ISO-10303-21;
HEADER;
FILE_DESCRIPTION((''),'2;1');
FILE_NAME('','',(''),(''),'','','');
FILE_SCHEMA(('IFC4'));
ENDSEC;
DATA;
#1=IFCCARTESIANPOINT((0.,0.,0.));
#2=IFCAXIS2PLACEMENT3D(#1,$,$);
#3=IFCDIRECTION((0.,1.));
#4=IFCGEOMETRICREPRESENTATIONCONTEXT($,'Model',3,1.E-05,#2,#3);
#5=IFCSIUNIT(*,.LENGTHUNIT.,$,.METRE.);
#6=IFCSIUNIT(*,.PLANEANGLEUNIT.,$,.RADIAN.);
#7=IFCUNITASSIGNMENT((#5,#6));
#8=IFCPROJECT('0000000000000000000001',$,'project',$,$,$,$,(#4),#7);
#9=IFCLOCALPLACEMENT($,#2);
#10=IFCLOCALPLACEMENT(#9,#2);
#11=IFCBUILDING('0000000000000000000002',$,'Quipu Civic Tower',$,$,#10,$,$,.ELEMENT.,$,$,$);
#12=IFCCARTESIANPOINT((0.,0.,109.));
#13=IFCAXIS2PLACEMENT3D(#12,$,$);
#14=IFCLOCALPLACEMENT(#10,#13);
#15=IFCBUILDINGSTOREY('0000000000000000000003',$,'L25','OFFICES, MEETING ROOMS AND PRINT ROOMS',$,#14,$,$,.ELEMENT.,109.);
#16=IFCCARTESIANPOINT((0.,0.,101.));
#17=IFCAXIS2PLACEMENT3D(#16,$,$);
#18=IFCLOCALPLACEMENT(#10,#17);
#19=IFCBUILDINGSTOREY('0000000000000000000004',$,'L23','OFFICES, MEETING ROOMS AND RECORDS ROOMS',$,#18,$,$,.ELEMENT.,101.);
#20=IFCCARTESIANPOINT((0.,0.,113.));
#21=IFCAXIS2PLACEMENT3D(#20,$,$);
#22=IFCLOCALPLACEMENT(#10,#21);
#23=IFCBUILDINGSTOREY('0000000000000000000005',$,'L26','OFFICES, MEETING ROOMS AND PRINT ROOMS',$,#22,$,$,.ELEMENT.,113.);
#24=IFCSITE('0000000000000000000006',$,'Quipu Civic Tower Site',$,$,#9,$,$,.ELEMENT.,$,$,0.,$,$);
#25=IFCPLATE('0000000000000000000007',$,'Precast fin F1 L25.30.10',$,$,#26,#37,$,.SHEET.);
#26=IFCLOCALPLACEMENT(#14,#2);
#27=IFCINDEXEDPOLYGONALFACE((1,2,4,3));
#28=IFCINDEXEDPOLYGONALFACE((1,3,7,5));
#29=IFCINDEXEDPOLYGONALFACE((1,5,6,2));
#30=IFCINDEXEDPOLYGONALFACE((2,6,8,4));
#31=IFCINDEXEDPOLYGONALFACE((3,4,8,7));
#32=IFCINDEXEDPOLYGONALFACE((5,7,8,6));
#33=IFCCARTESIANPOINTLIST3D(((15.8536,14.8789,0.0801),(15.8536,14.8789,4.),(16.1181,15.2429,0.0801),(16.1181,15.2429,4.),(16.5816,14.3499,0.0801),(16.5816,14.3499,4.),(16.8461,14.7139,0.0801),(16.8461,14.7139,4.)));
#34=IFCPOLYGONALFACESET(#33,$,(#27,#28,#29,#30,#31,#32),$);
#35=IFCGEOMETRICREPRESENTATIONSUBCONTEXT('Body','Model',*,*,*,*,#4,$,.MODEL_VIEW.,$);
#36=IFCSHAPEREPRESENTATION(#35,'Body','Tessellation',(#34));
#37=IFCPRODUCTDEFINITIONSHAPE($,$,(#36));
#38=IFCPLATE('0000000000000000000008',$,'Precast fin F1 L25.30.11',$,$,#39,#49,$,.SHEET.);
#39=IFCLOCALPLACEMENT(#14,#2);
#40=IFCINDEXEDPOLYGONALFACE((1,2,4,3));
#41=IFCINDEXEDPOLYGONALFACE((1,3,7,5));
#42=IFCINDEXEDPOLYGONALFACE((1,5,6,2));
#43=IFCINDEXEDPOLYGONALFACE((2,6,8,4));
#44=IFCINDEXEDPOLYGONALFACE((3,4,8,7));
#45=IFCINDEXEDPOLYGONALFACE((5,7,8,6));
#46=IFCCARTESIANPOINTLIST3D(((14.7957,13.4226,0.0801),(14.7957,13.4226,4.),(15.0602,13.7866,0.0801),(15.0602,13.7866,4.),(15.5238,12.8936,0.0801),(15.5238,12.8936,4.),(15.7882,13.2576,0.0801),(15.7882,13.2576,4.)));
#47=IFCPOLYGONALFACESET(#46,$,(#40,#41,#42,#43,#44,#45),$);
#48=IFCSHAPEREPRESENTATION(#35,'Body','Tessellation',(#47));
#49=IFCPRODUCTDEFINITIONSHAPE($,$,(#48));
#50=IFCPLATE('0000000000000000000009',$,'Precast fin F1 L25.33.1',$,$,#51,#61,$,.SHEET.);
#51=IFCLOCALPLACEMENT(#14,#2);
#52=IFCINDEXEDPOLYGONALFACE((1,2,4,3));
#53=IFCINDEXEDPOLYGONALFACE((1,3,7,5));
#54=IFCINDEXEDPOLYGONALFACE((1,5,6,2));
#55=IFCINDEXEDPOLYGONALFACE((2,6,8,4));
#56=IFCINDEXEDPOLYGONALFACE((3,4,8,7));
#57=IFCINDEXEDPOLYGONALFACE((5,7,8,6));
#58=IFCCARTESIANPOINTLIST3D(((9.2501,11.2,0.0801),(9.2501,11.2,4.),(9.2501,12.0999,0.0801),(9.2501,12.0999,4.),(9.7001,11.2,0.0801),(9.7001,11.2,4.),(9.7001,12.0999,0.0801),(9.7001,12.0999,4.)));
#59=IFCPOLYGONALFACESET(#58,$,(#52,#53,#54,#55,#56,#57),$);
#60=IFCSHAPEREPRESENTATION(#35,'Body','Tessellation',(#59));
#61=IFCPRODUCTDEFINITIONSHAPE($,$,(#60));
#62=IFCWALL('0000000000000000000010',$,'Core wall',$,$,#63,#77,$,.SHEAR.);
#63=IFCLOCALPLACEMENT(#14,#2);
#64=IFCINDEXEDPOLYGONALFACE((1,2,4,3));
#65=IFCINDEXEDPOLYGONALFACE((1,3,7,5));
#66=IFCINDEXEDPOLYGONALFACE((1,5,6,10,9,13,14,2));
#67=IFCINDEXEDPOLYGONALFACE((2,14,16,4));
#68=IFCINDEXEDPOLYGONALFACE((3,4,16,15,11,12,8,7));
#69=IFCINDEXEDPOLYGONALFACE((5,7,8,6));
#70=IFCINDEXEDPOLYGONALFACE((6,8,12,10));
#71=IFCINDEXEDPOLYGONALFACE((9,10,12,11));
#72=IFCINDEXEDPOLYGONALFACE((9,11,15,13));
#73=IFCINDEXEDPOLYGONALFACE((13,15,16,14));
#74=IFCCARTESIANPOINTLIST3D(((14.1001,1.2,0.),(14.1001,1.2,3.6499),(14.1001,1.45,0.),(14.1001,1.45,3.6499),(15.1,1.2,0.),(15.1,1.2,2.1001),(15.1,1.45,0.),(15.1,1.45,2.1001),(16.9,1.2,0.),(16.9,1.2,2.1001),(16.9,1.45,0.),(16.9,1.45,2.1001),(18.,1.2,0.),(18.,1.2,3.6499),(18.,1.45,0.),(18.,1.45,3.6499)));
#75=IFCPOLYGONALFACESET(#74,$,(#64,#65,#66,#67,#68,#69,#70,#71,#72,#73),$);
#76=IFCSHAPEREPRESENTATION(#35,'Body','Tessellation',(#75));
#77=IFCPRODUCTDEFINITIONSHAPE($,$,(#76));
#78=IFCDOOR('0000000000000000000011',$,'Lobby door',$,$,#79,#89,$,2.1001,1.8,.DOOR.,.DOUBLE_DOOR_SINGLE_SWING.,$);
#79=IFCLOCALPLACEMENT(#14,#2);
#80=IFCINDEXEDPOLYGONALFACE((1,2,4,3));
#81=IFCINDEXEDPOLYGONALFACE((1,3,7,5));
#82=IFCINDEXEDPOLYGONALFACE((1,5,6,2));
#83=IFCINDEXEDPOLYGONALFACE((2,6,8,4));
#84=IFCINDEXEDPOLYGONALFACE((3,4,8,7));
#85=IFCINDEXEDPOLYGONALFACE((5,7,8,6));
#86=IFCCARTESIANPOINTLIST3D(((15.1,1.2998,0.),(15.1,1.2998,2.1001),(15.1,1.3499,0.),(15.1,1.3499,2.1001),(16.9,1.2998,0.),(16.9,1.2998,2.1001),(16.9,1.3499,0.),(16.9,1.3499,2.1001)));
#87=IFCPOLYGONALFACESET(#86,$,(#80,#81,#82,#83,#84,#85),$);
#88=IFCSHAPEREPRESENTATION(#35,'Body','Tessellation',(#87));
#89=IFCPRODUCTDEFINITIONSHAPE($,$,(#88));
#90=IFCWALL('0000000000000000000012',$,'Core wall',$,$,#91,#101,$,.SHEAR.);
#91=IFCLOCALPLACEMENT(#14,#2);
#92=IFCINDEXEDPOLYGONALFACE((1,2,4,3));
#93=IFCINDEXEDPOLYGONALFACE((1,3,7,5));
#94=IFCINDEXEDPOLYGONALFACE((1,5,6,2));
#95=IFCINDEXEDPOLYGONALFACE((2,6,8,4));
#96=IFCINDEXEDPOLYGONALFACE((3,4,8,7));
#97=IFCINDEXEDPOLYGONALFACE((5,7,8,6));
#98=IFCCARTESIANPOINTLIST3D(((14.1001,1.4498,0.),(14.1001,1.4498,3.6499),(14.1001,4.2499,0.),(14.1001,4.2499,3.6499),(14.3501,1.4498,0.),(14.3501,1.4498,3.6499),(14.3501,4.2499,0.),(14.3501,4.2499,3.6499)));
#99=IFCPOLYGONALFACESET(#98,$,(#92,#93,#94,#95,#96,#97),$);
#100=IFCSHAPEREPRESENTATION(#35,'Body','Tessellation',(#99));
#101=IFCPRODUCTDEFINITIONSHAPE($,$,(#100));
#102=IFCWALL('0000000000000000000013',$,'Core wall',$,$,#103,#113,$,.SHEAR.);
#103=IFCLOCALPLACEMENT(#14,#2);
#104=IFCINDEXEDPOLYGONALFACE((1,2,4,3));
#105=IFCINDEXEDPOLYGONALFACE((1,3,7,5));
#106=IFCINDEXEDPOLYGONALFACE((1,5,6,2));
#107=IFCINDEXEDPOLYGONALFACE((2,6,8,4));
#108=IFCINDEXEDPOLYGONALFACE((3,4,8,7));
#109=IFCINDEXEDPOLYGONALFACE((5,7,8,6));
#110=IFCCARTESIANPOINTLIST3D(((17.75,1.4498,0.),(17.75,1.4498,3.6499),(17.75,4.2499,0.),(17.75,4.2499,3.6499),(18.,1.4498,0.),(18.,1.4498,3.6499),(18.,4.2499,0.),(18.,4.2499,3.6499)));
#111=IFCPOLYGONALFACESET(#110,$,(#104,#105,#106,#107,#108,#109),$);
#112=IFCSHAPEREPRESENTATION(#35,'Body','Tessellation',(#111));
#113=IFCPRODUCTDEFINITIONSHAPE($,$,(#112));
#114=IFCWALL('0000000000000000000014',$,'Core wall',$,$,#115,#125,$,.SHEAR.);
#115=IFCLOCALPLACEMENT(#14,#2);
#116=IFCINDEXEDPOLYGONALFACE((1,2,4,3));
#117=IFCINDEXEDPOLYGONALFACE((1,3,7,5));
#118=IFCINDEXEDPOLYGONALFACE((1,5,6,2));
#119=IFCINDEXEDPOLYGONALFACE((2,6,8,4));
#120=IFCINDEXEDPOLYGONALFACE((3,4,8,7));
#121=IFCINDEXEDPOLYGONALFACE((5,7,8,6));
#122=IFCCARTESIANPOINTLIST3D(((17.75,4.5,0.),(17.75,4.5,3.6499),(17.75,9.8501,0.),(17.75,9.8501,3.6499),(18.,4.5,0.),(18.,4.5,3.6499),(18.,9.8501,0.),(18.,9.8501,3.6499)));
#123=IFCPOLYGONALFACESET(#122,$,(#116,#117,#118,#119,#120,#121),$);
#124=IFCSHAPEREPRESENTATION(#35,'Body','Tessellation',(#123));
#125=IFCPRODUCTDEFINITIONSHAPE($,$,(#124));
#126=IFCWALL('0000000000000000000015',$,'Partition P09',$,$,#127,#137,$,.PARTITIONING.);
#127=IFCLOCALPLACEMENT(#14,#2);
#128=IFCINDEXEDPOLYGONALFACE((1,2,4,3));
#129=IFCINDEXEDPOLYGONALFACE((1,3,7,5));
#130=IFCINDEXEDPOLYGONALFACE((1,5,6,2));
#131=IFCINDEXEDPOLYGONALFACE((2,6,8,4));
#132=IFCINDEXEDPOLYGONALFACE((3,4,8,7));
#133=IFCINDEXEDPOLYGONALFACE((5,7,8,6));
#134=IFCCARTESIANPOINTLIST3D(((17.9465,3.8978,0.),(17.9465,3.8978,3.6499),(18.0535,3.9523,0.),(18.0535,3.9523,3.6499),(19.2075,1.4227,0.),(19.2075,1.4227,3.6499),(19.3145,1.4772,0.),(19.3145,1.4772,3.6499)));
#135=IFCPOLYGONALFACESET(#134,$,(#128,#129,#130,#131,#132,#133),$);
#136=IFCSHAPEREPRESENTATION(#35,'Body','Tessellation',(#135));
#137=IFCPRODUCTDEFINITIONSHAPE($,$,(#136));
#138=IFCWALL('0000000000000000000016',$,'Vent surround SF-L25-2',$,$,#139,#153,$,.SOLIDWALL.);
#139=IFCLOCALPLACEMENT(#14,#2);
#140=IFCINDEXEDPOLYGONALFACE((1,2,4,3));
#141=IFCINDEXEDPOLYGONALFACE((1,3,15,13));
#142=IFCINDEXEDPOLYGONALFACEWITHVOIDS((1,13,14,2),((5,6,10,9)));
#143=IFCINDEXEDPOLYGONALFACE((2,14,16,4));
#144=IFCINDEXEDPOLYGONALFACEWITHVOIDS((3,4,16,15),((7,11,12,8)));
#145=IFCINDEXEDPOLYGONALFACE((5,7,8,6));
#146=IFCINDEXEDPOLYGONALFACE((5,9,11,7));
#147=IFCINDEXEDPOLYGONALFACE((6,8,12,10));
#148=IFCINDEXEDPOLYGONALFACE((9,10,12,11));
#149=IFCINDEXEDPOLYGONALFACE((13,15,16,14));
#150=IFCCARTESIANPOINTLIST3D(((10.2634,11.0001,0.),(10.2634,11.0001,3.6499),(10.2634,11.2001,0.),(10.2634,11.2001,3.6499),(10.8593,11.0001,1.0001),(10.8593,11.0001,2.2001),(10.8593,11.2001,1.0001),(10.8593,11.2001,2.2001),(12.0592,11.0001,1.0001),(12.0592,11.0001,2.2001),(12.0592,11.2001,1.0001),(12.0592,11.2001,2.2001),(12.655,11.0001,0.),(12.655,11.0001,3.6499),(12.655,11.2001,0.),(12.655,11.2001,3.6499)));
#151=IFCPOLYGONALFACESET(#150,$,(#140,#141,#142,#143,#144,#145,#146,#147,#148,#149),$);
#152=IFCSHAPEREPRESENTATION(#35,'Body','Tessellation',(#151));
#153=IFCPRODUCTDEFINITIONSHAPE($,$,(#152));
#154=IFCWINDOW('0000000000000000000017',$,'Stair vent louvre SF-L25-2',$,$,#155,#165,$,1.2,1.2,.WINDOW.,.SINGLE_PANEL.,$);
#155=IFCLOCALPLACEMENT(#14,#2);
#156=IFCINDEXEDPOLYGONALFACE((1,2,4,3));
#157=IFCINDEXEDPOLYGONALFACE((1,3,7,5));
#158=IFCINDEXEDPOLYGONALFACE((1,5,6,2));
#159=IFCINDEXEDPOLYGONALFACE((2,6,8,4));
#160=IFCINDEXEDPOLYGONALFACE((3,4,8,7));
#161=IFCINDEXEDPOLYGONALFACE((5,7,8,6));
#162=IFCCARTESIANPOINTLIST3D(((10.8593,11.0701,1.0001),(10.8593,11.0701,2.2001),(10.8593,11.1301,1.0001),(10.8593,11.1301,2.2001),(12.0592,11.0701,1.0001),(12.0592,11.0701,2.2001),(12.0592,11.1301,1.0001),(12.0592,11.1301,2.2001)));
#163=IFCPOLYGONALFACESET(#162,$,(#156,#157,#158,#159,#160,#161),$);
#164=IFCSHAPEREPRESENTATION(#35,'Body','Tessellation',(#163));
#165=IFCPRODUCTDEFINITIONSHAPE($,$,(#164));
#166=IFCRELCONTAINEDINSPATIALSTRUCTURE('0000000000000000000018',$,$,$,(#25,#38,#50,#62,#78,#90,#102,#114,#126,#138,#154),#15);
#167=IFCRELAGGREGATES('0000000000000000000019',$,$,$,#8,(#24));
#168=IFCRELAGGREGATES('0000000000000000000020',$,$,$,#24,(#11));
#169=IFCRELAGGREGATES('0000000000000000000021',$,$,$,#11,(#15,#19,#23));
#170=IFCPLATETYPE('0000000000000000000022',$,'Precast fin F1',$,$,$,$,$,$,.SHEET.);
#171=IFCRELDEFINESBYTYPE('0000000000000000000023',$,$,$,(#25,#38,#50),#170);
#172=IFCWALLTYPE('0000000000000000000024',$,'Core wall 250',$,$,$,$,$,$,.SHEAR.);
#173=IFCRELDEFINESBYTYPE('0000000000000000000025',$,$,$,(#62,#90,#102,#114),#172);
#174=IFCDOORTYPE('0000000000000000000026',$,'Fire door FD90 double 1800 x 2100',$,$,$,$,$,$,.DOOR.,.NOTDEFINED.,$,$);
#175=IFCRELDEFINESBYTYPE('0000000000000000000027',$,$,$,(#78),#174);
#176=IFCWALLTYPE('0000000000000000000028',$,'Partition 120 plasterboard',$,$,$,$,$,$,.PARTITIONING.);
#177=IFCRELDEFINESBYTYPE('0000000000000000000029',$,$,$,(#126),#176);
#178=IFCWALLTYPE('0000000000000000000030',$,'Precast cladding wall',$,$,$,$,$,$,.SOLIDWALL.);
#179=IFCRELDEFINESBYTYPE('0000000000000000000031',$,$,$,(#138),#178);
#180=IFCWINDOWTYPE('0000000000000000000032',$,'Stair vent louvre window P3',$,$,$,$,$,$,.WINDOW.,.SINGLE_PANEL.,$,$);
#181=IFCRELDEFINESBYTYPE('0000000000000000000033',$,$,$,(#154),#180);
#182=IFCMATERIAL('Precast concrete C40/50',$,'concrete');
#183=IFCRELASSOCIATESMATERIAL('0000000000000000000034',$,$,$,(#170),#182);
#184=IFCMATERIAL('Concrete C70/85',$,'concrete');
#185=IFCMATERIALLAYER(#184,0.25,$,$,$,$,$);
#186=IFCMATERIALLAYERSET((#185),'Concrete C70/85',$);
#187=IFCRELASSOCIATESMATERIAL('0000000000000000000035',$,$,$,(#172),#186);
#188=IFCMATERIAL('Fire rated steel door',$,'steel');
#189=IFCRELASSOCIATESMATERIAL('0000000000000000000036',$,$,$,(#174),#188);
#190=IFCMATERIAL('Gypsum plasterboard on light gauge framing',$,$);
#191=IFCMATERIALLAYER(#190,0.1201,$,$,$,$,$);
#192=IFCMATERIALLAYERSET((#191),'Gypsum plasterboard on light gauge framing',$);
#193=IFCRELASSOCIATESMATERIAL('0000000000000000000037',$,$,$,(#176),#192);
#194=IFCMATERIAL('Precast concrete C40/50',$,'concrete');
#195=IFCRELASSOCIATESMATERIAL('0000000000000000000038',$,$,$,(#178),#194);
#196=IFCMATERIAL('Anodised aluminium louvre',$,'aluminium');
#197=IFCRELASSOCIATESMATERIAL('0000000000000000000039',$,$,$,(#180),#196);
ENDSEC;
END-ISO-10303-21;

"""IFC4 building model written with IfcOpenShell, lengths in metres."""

from ifc_helpers import new_model, si_unit, direction, frame, frame_2d, origin, origin_2d, place, context, subcontext, project, spatial, rectangle, extrude, material, layer, layer_set, type_object, element, fill, save


model = new_model("IFC4")

# Units and contexts
model_context = context("Model", 3, precision=1e-05, world=origin(), true_north=direction((0.0, 1.0)))
body_context = subcontext(model_context, "Body", "Model", "MODEL_VIEW")
ifc_project = project(units=[si_unit("LENGTHUNIT", "METRE"), si_unit("PLANEANGLEUNIT", "RADIAN")], contexts=[model_context])

# Site, building, storey
site_placement = place(None, origin())
site = spatial("IfcSite", under=ifc_project, at=site_placement, Name="Quipu Civic Tower Site", CompositionType="ELEMENT", RefElevation=0.0)
building_placement = place(site_placement, origin())
building = spatial("IfcBuilding", under=site, at=building_placement, Name="Quipu Civic Tower", CompositionType="ELEMENT")
storey_1_placement = place(building_placement, frame((0.0, 0.0, 109.0)))
storey_1 = spatial("IfcBuildingStorey", under=building, at=storey_1_placement, Name="L25", Description="OFFICES, MEETING ROOMS AND PRINT ROOMS", CompositionType="ELEMENT", Elevation=109.0)

# Shared definitions
storey_2_placement = place(building_placement, frame((0.0, 0.0, 101.0)))
storey_2 = spatial("IfcBuildingStorey", under=building, at=storey_2_placement, Name="L23", Description="OFFICES, MEETING ROOMS AND RECORDS ROOMS", CompositionType="ELEMENT", Elevation=101.0)

# Shared definitions
storey_3_placement = place(building_placement, frame((0.0, 0.0, 113.0)))
storey_3 = spatial("IfcBuildingStorey", under=building, at=storey_3_placement, Name="L26", Description="OFFICES, MEETING ROOMS AND PRINT ROOMS", CompositionType="ELEMENT", Elevation=113.0)

# Plates
ifc_material_1 = material(Name="Precast concrete C40/50", Category="concrete")
plate_type_1 = type_object("IfcPlateType", Name="Precast fin F1", PredefinedType="SHEET", material=ifc_material_1)
for number, where, z_axis, x_axis, name in (
    (1, (16.3499, 14.7964, 0.0801), (0.0, 0.0, 1.0), (-0.587787, -0.809016, 0.0), "Precast fin F1 L25.30.10"),
    (2, (15.292, 13.3401, 0.0801), (0.0, 0.0, 1.0), (-0.587787, -0.809016, 0.0), "Precast fin F1 L25.30.11"),
    (3, (9.4751, 11.6499, 0.0801), (0.0, 0.0, 1.0), (-1.0, 0.0, 0.0), "Precast fin F1 L25.33.1"),
):
    element("IfcPlate", number, at=place(storey_1_placement, frame(where, z_axis=z_axis, x_axis=x_axis)), inside=storey_1, type_object=plate_type_1, Name=name, PredefinedType="SHEET", context=body_context, shape_type="SweptSolid", body=[
        extrude(rectangle(XDim=0.45, YDim=0.8999, at=origin_2d()), origin(), (0.0, 0.0, 1.0), 3.9199),
    ])

# Wall, opening, door
ifc_material_2 = material(Name="Concrete C70/85", Category="concrete")
ifc_layer_1 = layer(ifc_material_2, 0.25)
ifc_layer_set_1 = layer_set([ifc_layer_1], Name="Concrete C70/85")
wall_type_1 = type_object("IfcWallType", Name="Core wall 250", PredefinedType="SHEAR", material=ifc_layer_set_1)
wall_1_placement = place(storey_1_placement, frame((14.1001, 1.325, 0.0), z_axis=(0.0, 0.0, 1.0), x_axis=(1.0, 0.0, 0.0)))
wall_1 = element("IfcWall", 4, at=wall_1_placement, inside=storey_1, type_object=wall_type_1, Name="Core wall", PredefinedType="SHEAR", context=body_context, shape_type="SweptSolid", body=[
    extrude(rectangle(XDim=3.8999, YDim=0.25, at=frame_2d((1.95, 0.0))), origin(), (0.0, 0.0, 1.0), 3.6499),
])
opening_1_placement = place(wall_1_placement, frame((1.0, 0.0, 0.0)))
opening_1 = element("IfcOpeningElement", 5, at=opening_1_placement, cuts=wall_1, PredefinedType="OPENING", context=body_context, shape_type="SweptSolid", body=[
    extrude(rectangle(XDim=1.8, YDim=2.1001, at=frame_2d((0.8999, 1.05))), frame((0.0, 0.135, 0.0), z_axis=(0.0, -1.0, 0.0), x_axis=(1.0, 0.0, 0.0)), (0.0, 0.0, 1.0), 0.27),
])
ifc_material_3 = material(Name="Fire rated steel door", Category="steel")
door_type = type_object("IfcDoorType", Name="Fire door FD90 double 1800 x 2100", OperationType="NOTDEFINED", PredefinedType="DOOR", material=ifc_material_3)
door_placement = place(opening_1_placement, origin())
door = element("IfcDoor", 6, at=door_placement, inside=storey_1, type_object=door_type, Name="Lobby door", OperationType="DOUBLE_DOOR_SINGLE_SWING", OverallHeight=2.1001, OverallWidth=1.8, PredefinedType="DOOR", context=body_context, shape_type="SweptSolid", body=[
    extrude(rectangle(XDim=1.8, YDim=2.1001, at=frame_2d((0.8999, 1.05))), frame((0.0, 0.0249, 0.0), z_axis=(0.0, -1.0, 0.0), x_axis=(1.0, 0.0, 0.0)), (0.0, 0.0, 1.0), 0.05),
])
fill(opening_1, door)

# Walls
for number, where, z_axis, x_axis, name in (
    (7, (14.2251, 1.45, 0.0), (0.0, 0.0, 1.0), (0.0, 1.0, 0.0), "Core wall"),
    (8, (17.875, 1.45, 0.0), (0.0, 0.0, 1.0), (0.0, 1.0, 0.0), "Core wall"),
):
    element("IfcWall", number, at=place(storey_1_placement, frame(where, z_axis=z_axis, x_axis=x_axis)), inside=storey_1, type_object=wall_type_1, Name=name, PredefinedType="SHEAR", context=body_context, shape_type="SweptSolid", body=[
        extrude(rectangle(XDim=2.8, YDim=0.25, at=frame_2d((1.3999, 0.0))), origin(), (0.0, 0.0, 1.0), 3.6499),
    ])
wall_2_placement = place(storey_1_placement, frame((17.875, 4.5, 0.0), z_axis=(0.0, 0.0, 1.0), x_axis=(0.0, 1.0, 0.0)))
element("IfcWall", 9, at=wall_2_placement, inside=storey_1, type_object=wall_type_1, Name="Core wall", PredefinedType="SHEAR", context=body_context, shape_type="SweptSolid", body=[
    extrude(rectangle(XDim=5.3501, YDim=0.25, at=frame_2d((2.675, 0.0))), origin(), (0.0, 0.0, 1.0), 3.6499),
])
ifc_material_4 = material(Name="Gypsum plasterboard on light gauge framing")
ifc_layer_2 = layer(ifc_material_4, 0.1201)
ifc_layer_set_2 = layer_set([ifc_layer_2], Name="Gypsum plasterboard on light gauge framing")
wall_type_2 = type_object("IfcWallType", Name="Partition 120 plasterboard", PredefinedType="PARTITIONING", material=ifc_layer_set_2)
wall_3_placement = place(storey_1_placement, frame((18.0, 3.925, 0.0), z_axis=(0.0, 0.0, 1.0), x_axis=(0.453951, -0.891027, 0.0)))
element("IfcWall", 10, at=wall_3_placement, inside=storey_1, type_object=wall_type_2, Name="Partition P09", PredefinedType="PARTITIONING", context=body_context, shape_type="SweptSolid", body=[
    extrude(rectangle(XDim=2.7778, YDim=0.1201, at=frame_2d((1.3889, 0.0))), origin(), (0.0, 0.0, 1.0), 3.6499),
])

# Wall, opening, window
ifc_material_5 = material(Name="Precast concrete C40/50", Category="concrete")
wall_type_3 = type_object("IfcWallType", Name="Precast cladding wall", PredefinedType="SOLIDWALL", material=ifc_material_5)
wall_4_placement = place(storey_1_placement, frame((12.655, 11.1001, 0.0), z_axis=(0.0, 0.0, 1.0), x_axis=(-1.0, 0.0, 0.0)))
wall_4 = element("IfcWall", 11, at=wall_4_placement, inside=storey_1, type_object=wall_type_3, Name="Vent surround SF-L25-2", PredefinedType="SOLIDWALL", context=body_context, shape_type="SweptSolid", body=[
    extrude(rectangle(XDim=2.3916, YDim=0.2, at=frame_2d((1.1958, 0.0))), origin(), (0.0, 0.0, 1.0), 3.6499),
])
opening_2_placement = place(wall_4_placement, frame((0.5957, 0.0, 1.0)))
opening_2 = element("IfcOpeningElement", 12, at=opening_2_placement, cuts=wall_4, PredefinedType="OPENING", context=body_context, shape_type="SweptSolid", body=[
    extrude(rectangle(XDim=1.2, YDim=1.2, at=frame_2d((0.6001, 0.6001))), frame((0.0, 0.1099, 0.0), z_axis=(0.0, -1.0, 0.0), x_axis=(1.0, 0.0, 0.0)), (0.0, 0.0, 1.0), 0.22),
])
ifc_material_6 = material(Name="Anodised aluminium louvre", Category="aluminium")
window_type = type_object("IfcWindowType", Name="Stair vent louvre window P3", PartitioningType="SINGLE_PANEL", PredefinedType="WINDOW", material=ifc_material_6)
window_placement = place(opening_2_placement, origin())
window = element("IfcWindow", 13, at=window_placement, inside=storey_1, type_object=window_type, Name="Stair vent louvre SF-L25-2", OverallHeight=1.2, OverallWidth=1.2, PartitioningType="SINGLE_PANEL", PredefinedType="WINDOW", context=body_context, shape_type="SweptSolid", body=[
    extrude(rectangle(XDim=1.2, YDim=1.2, at=frame_2d((0.6001, 0.6001))), frame((0.0, 0.03, 0.0), z_axis=(0.0, -1.0, 0.0), x_axis=(1.0, 0.0, 0.0)), (0.0, 0.0, 1.0), 0.0601),
])
fill(opening_2, window)

save(model, "model.ifc")
